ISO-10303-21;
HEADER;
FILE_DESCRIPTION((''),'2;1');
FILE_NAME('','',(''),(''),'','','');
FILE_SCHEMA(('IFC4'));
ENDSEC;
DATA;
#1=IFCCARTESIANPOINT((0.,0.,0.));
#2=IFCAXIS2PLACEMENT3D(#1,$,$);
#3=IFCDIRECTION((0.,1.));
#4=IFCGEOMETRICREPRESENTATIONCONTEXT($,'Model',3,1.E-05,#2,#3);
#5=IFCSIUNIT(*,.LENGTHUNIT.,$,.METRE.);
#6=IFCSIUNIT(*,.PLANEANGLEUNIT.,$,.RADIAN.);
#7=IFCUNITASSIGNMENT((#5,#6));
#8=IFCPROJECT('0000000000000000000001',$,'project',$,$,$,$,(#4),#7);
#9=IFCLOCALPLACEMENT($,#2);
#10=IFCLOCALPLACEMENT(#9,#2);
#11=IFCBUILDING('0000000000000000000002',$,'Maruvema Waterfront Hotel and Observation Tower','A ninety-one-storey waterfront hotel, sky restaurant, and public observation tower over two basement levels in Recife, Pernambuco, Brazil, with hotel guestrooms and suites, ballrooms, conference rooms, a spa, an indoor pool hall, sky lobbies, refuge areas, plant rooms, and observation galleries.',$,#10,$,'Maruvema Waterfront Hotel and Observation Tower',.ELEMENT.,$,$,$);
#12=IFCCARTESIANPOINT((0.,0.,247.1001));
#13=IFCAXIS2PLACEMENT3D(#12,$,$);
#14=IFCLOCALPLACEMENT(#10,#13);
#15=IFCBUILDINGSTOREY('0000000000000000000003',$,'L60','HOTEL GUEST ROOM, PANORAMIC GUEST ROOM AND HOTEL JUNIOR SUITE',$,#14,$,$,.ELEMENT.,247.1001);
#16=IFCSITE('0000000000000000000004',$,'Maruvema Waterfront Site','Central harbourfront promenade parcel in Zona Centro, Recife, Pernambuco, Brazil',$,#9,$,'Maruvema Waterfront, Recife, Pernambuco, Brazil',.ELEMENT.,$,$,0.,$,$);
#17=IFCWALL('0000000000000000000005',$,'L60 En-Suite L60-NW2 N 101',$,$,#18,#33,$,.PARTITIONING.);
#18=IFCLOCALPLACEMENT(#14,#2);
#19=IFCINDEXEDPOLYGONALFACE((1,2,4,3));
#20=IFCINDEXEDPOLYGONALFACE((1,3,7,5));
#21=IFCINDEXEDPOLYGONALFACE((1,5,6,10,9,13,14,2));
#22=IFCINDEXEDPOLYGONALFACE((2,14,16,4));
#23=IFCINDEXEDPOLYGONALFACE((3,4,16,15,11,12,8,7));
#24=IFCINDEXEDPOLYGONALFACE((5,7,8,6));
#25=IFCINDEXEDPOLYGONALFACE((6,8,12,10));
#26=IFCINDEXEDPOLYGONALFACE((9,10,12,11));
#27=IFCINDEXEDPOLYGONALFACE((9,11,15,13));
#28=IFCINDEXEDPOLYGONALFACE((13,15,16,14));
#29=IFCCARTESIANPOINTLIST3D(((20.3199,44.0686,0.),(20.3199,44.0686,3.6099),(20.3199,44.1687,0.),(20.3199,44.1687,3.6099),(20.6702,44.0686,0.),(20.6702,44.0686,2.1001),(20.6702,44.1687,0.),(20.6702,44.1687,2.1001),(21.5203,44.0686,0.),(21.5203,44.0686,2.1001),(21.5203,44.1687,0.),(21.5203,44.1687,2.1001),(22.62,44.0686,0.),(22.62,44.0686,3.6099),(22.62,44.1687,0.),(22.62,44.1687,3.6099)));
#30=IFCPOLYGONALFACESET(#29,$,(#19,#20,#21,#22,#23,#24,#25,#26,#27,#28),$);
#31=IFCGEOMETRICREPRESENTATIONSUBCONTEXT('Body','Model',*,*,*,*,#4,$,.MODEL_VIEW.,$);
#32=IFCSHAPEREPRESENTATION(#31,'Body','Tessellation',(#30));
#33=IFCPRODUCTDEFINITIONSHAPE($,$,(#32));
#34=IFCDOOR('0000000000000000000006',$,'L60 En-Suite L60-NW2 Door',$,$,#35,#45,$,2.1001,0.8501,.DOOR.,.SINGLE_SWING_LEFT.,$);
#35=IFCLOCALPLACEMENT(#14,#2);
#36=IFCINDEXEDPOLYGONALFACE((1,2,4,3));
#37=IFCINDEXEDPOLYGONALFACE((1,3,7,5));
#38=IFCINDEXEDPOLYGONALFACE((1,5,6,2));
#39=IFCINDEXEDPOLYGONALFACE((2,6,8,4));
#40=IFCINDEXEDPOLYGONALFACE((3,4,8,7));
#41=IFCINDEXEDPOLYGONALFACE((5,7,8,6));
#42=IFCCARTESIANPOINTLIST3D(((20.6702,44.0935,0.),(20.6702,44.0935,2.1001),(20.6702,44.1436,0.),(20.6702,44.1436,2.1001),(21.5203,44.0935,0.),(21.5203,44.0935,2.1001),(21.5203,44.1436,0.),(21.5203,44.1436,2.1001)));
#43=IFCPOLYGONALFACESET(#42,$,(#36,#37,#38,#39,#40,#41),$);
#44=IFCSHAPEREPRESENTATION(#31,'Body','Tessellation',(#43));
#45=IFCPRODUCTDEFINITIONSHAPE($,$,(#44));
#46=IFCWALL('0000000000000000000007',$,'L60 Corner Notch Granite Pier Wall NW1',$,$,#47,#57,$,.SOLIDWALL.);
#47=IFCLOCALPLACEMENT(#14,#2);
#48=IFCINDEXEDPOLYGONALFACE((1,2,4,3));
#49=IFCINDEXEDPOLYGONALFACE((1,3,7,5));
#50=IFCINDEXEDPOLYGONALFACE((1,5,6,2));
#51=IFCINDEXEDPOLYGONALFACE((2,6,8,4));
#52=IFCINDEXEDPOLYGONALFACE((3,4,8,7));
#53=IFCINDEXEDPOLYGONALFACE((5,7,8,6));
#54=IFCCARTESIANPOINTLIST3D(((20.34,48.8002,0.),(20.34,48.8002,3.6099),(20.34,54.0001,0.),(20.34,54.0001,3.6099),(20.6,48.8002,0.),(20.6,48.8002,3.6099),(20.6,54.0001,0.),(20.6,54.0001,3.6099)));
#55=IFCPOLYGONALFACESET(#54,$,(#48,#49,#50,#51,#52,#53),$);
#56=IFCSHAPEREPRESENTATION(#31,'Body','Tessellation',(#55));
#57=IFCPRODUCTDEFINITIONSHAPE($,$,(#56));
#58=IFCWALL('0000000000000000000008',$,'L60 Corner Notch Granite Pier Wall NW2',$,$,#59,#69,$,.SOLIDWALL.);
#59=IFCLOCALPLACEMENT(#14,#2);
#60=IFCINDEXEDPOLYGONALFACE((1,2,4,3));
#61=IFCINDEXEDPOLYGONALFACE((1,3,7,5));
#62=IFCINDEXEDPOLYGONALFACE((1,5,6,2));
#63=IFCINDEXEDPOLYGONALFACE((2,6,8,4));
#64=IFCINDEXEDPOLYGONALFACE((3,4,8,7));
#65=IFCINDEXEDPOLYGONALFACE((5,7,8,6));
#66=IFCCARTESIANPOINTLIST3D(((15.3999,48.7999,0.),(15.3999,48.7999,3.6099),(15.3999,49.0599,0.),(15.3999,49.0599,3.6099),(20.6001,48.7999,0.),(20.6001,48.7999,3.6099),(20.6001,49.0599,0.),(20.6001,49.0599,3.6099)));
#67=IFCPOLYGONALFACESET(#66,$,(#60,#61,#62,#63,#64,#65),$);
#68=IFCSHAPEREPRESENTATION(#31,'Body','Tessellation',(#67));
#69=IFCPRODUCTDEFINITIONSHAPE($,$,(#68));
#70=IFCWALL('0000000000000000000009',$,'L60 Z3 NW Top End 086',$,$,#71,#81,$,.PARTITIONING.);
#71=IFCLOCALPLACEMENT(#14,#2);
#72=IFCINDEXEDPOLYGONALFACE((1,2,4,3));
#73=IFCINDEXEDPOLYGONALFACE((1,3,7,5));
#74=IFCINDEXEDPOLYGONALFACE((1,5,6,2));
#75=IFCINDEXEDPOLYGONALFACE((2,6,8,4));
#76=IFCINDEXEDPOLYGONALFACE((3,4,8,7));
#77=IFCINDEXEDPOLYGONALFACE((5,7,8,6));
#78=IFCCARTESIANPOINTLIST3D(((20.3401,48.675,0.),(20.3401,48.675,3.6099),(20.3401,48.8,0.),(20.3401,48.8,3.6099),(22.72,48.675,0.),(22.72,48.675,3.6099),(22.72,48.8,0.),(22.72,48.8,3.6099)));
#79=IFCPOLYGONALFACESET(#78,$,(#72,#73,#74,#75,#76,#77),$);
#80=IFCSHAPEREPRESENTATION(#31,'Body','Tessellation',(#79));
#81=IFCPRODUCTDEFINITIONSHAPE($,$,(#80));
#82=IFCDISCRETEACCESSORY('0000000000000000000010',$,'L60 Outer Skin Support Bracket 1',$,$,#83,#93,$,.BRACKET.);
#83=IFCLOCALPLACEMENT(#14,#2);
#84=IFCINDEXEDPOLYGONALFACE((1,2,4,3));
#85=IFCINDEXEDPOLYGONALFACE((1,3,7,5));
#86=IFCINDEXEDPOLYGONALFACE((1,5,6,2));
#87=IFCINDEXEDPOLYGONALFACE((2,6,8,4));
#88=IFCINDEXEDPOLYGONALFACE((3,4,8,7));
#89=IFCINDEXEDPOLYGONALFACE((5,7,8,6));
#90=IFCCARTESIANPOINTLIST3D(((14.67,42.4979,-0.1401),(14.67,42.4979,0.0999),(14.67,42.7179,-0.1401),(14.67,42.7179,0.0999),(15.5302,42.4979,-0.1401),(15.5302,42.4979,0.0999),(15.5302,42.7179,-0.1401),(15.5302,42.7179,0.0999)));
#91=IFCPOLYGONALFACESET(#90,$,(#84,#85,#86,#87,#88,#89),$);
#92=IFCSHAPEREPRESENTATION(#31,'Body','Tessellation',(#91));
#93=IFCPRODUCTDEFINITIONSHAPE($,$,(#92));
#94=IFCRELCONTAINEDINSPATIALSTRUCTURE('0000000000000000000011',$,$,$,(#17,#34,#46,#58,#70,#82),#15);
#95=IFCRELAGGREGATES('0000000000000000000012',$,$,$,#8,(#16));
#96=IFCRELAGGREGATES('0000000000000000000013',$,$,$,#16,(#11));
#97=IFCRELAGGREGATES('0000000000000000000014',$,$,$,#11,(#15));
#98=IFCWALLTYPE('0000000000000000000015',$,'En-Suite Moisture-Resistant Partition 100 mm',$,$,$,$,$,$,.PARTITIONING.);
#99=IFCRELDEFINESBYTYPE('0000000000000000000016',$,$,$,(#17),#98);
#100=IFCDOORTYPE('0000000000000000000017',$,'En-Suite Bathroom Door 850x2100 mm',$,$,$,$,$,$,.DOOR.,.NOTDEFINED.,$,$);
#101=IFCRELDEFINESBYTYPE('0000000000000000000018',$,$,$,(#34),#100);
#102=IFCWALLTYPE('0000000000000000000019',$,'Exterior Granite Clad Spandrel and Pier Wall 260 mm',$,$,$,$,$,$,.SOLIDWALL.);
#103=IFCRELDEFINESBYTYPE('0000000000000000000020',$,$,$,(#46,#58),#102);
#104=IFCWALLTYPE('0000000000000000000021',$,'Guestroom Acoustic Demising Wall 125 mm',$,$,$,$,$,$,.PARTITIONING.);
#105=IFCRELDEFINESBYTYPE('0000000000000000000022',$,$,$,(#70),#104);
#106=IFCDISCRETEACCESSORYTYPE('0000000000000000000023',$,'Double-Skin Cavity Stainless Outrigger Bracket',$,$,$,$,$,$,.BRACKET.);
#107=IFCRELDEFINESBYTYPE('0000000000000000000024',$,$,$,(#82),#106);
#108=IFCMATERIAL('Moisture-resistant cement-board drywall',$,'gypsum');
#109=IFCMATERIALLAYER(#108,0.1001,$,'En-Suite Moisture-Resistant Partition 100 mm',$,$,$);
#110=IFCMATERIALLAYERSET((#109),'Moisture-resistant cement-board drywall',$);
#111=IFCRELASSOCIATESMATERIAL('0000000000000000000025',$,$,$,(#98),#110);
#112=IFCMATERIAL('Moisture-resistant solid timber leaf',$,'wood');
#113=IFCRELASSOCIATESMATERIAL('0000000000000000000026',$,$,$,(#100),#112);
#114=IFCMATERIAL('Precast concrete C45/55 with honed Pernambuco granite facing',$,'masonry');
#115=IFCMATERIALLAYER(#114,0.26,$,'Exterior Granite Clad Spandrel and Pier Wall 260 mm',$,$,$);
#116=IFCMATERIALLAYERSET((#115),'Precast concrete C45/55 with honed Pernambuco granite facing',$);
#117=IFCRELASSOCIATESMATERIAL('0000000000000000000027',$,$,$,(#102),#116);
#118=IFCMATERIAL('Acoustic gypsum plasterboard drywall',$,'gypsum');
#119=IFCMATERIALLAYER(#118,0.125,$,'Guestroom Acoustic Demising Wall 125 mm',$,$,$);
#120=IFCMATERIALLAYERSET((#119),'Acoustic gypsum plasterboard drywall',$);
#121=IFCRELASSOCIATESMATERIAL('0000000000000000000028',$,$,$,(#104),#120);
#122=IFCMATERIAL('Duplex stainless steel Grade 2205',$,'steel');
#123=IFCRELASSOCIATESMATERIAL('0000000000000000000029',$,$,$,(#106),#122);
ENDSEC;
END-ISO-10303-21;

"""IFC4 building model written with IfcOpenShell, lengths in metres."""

from ifc_helpers import new_model, si_unit, direction, frame, frame_2d, origin, origin_2d, place, context, subcontext, project, spatial, rectangle, extrude, material, layer, layer_set, type_object, element, fill, save


model = new_model("IFC4")

# Units and contexts
model_context = context("Model", 3, precision=1e-05, world=origin(), true_north=direction((0.0, 1.0)))
body_context = subcontext(model_context, "Body", "Model", "MODEL_VIEW")
ifc_project = project(units=[si_unit("LENGTHUNIT", "METRE"), si_unit("PLANEANGLEUNIT", "RADIAN")], contexts=[model_context])

# Site, building, storey
site_placement = place(None, origin())
site = spatial("IfcSite", under=ifc_project, at=site_placement, Name="Maruvema Waterfront Site", Description="Central harbourfront promenade parcel in Zona Centro, Recife, Pernambuco, Brazil", LongName="Maruvema Waterfront, Recife, Pernambuco, Brazil", CompositionType="ELEMENT", RefElevation=0.0)
building_placement = place(site_placement, origin())
building = spatial("IfcBuilding", under=site, at=building_placement, Name="Maruvema Waterfront Hotel and Observation Tower", Description="A ninety-one-storey waterfront hotel, sky restaurant, and public observation tower over two basement levels in Recife, Pernambuco, Brazil, with hotel guestrooms and suites, ballrooms, conference rooms, a spa, an indoor pool hall, sky lobbies, refuge areas, plant rooms, and observation galleries.", LongName="Maruvema Waterfront Hotel and Observation Tower", CompositionType="ELEMENT")
storey_placement = place(building_placement, frame((0.0, 0.0, 247.1001)))
storey = spatial("IfcBuildingStorey", under=building, at=storey_placement, Name="L60", Description="HOTEL GUEST ROOM, PANORAMIC GUEST ROOM AND HOTEL JUNIOR SUITE", CompositionType="ELEMENT", Elevation=247.1001)

# Wall, opening, door
ifc_material_1 = material(Name="Moisture-resistant cement-board drywall", Category="gypsum")
ifc_layer_1 = layer(ifc_material_1, 0.1001, Name="En-Suite Moisture-Resistant Partition 100 mm")
ifc_layer_set_1 = layer_set([ifc_layer_1], Name="Moisture-resistant cement-board drywall")
wall_type_1 = type_object("IfcWallType", Name="En-Suite Moisture-Resistant Partition 100 mm", PredefinedType="PARTITIONING", material=ifc_layer_set_1)
wall_1_placement = place(storey_placement, frame((20.3201, 44.1187, 0.0), z_axis=(0.0, 0.0, 1.0), x_axis=(1.0, 0.0, 0.0)))
wall_1 = element("IfcWall", 1, at=wall_1_placement, inside=storey, type_object=wall_type_1, Name="L60 En-Suite L60-NW2 N 101", PredefinedType="PARTITIONING", context=body_context, shape_type="SweptSolid", body=[
    extrude(rectangle(XDim=2.3, YDim=0.1001, at=frame_2d((1.1499, 0.0))), origin(), (0.0, 0.0, 1.0), 3.6099),
])
opening_1_placement = place(wall_1_placement, frame((0.3501, 0.0, 0.0)))
opening_1 = element("IfcOpeningElement", 2, at=opening_1_placement, cuts=wall_1, PredefinedType="OPENING", context=body_context, shape_type="SweptSolid", body=[
    extrude(rectangle(XDim=0.8501, YDim=2.1001, at=frame_2d((0.425, 1.05))), frame((0.0, 0.0601, 0.0), z_axis=(0.0, -1.0, 0.0), x_axis=(1.0, 0.0, 0.0)), (0.0, 0.0, 1.0), 0.1201),
])
ifc_material_2 = material(Name="Moisture-resistant solid timber leaf", Category="wood")
door_type_1 = type_object("IfcDoorType", Name="En-Suite Bathroom Door 850x2100 mm", OperationType="NOTDEFINED", PredefinedType="DOOR", material=ifc_material_2)
door_1_placement = place(opening_1_placement, origin())
door_1 = element("IfcDoor", 3, at=door_1_placement, inside=storey, type_object=door_type_1, Name="L60 En-Suite L60-NW2 Door", OperationType="SINGLE_SWING_LEFT", OverallHeight=2.1001, OverallWidth=0.8501, PredefinedType="DOOR", context=body_context, shape_type="SweptSolid", body=[
    extrude(rectangle(XDim=0.8501, YDim=2.1001, at=frame_2d((0.425, 1.05))), frame((0.0, 0.0249, 0.0), z_axis=(0.0, -1.0, 0.0), x_axis=(1.0, 0.0, 0.0)), (0.0, 0.0, 1.0), 0.05),
])
fill(opening_1, door_1)

# Walls
ifc_material_3 = material(Name="Precast concrete C45/55 with honed Pernambuco granite facing", Category="masonry")
ifc_layer_2 = layer(ifc_material_3, 0.26, Name="Exterior Granite Clad Spandrel and Pier Wall 260 mm")
ifc_layer_set_2 = layer_set([ifc_layer_2], Name="Precast concrete C45/55 with honed Pernambuco granite facing")
wall_type_2 = type_object("IfcWallType", Name="Exterior Granite Clad Spandrel and Pier Wall 260 mm", PredefinedType="SOLIDWALL", material=ifc_layer_set_2)
wall_2_placement = place(storey_placement, frame((20.47, 48.8, 0.0), z_axis=(0.0, 0.0, 1.0), x_axis=(0.0, 1.0, 0.0)))
element("IfcWall", 4, at=wall_2_placement, inside=storey, type_object=wall_type_2, Name="L60 Corner Notch Granite Pier Wall NW1", PredefinedType="SOLIDWALL", context=body_context, shape_type="SweptSolid", body=[
    extrude(rectangle(XDim=5.2, YDim=0.26, at=frame_2d((2.6001, 0.0))), origin(), (0.0, 0.0, 1.0), 3.6099),
])
wall_3_placement = place(storey_placement, frame((15.3999, 48.9299, 0.0), z_axis=(0.0, 0.0, 1.0), x_axis=(1.0, 0.0, 0.0)))
element("IfcWall", 5, at=wall_3_placement, inside=storey, type_object=wall_type_2, Name="L60 Corner Notch Granite Pier Wall NW2", PredefinedType="SOLIDWALL", context=body_context, shape_type="SweptSolid", body=[
    extrude(rectangle(XDim=5.2002, YDim=0.26, at=frame_2d((2.6001, 0.0))), origin(), (0.0, 0.0, 1.0), 3.6099),
])
ifc_material_4 = material(Name="Acoustic gypsum plasterboard drywall", Category="gypsum")
ifc_layer_3 = layer(ifc_material_4, 0.125, Name="Guestroom Acoustic Demising Wall 125 mm")
ifc_layer_set_3 = layer_set([ifc_layer_3], Name="Acoustic gypsum plasterboard drywall")
wall_type_3 = type_object("IfcWallType", Name="Guestroom Acoustic Demising Wall 125 mm", PredefinedType="PARTITIONING", material=ifc_layer_set_3)
wall_4_placement = place(storey_placement, frame((20.3401, 48.7375, 0.0), z_axis=(0.0, 0.0, 1.0), x_axis=(1.0, 0.0, 0.0)))
element("IfcWall", 6, at=wall_4_placement, inside=storey, type_object=wall_type_3, Name="L60 Z3 NW Top End 086", PredefinedType="PARTITIONING", context=body_context, shape_type="SweptSolid", body=[
    extrude(rectangle(XDim=2.3799, YDim=0.125, at=frame_2d((1.1899, 0.0))), origin(), (0.0, 0.0, 1.0), 3.6099),
])

# Discrete accessory
ifc_material_5 = material(Name="Duplex stainless steel Grade 2205", Category="steel")
discrete_accessory_type = type_object("IfcDiscreteAccessoryType", Name="Double-Skin Cavity Stainless Outrigger Bracket", PredefinedType="BRACKET", material=ifc_material_5)
discrete_accessory_placement = place(storey_placement, frame((15.1001, 42.6079, -0.1401), z_axis=(0.0, 0.0, 1.0), x_axis=(0.0, -1.0, 0.0)))
element("IfcDiscreteAccessory", 7, at=discrete_accessory_placement, inside=storey, type_object=discrete_accessory_type, Name="L60 Outer Skin Support Bracket 1", PredefinedType="BRACKET", context=body_context, shape_type="SweptSolid", body=[
    extrude(rectangle(XDim=0.22, YDim=0.8601, at=origin_2d()), origin(), (0.0, 0.0, 1.0), 0.24),
])

save(model, "model.ifc")
